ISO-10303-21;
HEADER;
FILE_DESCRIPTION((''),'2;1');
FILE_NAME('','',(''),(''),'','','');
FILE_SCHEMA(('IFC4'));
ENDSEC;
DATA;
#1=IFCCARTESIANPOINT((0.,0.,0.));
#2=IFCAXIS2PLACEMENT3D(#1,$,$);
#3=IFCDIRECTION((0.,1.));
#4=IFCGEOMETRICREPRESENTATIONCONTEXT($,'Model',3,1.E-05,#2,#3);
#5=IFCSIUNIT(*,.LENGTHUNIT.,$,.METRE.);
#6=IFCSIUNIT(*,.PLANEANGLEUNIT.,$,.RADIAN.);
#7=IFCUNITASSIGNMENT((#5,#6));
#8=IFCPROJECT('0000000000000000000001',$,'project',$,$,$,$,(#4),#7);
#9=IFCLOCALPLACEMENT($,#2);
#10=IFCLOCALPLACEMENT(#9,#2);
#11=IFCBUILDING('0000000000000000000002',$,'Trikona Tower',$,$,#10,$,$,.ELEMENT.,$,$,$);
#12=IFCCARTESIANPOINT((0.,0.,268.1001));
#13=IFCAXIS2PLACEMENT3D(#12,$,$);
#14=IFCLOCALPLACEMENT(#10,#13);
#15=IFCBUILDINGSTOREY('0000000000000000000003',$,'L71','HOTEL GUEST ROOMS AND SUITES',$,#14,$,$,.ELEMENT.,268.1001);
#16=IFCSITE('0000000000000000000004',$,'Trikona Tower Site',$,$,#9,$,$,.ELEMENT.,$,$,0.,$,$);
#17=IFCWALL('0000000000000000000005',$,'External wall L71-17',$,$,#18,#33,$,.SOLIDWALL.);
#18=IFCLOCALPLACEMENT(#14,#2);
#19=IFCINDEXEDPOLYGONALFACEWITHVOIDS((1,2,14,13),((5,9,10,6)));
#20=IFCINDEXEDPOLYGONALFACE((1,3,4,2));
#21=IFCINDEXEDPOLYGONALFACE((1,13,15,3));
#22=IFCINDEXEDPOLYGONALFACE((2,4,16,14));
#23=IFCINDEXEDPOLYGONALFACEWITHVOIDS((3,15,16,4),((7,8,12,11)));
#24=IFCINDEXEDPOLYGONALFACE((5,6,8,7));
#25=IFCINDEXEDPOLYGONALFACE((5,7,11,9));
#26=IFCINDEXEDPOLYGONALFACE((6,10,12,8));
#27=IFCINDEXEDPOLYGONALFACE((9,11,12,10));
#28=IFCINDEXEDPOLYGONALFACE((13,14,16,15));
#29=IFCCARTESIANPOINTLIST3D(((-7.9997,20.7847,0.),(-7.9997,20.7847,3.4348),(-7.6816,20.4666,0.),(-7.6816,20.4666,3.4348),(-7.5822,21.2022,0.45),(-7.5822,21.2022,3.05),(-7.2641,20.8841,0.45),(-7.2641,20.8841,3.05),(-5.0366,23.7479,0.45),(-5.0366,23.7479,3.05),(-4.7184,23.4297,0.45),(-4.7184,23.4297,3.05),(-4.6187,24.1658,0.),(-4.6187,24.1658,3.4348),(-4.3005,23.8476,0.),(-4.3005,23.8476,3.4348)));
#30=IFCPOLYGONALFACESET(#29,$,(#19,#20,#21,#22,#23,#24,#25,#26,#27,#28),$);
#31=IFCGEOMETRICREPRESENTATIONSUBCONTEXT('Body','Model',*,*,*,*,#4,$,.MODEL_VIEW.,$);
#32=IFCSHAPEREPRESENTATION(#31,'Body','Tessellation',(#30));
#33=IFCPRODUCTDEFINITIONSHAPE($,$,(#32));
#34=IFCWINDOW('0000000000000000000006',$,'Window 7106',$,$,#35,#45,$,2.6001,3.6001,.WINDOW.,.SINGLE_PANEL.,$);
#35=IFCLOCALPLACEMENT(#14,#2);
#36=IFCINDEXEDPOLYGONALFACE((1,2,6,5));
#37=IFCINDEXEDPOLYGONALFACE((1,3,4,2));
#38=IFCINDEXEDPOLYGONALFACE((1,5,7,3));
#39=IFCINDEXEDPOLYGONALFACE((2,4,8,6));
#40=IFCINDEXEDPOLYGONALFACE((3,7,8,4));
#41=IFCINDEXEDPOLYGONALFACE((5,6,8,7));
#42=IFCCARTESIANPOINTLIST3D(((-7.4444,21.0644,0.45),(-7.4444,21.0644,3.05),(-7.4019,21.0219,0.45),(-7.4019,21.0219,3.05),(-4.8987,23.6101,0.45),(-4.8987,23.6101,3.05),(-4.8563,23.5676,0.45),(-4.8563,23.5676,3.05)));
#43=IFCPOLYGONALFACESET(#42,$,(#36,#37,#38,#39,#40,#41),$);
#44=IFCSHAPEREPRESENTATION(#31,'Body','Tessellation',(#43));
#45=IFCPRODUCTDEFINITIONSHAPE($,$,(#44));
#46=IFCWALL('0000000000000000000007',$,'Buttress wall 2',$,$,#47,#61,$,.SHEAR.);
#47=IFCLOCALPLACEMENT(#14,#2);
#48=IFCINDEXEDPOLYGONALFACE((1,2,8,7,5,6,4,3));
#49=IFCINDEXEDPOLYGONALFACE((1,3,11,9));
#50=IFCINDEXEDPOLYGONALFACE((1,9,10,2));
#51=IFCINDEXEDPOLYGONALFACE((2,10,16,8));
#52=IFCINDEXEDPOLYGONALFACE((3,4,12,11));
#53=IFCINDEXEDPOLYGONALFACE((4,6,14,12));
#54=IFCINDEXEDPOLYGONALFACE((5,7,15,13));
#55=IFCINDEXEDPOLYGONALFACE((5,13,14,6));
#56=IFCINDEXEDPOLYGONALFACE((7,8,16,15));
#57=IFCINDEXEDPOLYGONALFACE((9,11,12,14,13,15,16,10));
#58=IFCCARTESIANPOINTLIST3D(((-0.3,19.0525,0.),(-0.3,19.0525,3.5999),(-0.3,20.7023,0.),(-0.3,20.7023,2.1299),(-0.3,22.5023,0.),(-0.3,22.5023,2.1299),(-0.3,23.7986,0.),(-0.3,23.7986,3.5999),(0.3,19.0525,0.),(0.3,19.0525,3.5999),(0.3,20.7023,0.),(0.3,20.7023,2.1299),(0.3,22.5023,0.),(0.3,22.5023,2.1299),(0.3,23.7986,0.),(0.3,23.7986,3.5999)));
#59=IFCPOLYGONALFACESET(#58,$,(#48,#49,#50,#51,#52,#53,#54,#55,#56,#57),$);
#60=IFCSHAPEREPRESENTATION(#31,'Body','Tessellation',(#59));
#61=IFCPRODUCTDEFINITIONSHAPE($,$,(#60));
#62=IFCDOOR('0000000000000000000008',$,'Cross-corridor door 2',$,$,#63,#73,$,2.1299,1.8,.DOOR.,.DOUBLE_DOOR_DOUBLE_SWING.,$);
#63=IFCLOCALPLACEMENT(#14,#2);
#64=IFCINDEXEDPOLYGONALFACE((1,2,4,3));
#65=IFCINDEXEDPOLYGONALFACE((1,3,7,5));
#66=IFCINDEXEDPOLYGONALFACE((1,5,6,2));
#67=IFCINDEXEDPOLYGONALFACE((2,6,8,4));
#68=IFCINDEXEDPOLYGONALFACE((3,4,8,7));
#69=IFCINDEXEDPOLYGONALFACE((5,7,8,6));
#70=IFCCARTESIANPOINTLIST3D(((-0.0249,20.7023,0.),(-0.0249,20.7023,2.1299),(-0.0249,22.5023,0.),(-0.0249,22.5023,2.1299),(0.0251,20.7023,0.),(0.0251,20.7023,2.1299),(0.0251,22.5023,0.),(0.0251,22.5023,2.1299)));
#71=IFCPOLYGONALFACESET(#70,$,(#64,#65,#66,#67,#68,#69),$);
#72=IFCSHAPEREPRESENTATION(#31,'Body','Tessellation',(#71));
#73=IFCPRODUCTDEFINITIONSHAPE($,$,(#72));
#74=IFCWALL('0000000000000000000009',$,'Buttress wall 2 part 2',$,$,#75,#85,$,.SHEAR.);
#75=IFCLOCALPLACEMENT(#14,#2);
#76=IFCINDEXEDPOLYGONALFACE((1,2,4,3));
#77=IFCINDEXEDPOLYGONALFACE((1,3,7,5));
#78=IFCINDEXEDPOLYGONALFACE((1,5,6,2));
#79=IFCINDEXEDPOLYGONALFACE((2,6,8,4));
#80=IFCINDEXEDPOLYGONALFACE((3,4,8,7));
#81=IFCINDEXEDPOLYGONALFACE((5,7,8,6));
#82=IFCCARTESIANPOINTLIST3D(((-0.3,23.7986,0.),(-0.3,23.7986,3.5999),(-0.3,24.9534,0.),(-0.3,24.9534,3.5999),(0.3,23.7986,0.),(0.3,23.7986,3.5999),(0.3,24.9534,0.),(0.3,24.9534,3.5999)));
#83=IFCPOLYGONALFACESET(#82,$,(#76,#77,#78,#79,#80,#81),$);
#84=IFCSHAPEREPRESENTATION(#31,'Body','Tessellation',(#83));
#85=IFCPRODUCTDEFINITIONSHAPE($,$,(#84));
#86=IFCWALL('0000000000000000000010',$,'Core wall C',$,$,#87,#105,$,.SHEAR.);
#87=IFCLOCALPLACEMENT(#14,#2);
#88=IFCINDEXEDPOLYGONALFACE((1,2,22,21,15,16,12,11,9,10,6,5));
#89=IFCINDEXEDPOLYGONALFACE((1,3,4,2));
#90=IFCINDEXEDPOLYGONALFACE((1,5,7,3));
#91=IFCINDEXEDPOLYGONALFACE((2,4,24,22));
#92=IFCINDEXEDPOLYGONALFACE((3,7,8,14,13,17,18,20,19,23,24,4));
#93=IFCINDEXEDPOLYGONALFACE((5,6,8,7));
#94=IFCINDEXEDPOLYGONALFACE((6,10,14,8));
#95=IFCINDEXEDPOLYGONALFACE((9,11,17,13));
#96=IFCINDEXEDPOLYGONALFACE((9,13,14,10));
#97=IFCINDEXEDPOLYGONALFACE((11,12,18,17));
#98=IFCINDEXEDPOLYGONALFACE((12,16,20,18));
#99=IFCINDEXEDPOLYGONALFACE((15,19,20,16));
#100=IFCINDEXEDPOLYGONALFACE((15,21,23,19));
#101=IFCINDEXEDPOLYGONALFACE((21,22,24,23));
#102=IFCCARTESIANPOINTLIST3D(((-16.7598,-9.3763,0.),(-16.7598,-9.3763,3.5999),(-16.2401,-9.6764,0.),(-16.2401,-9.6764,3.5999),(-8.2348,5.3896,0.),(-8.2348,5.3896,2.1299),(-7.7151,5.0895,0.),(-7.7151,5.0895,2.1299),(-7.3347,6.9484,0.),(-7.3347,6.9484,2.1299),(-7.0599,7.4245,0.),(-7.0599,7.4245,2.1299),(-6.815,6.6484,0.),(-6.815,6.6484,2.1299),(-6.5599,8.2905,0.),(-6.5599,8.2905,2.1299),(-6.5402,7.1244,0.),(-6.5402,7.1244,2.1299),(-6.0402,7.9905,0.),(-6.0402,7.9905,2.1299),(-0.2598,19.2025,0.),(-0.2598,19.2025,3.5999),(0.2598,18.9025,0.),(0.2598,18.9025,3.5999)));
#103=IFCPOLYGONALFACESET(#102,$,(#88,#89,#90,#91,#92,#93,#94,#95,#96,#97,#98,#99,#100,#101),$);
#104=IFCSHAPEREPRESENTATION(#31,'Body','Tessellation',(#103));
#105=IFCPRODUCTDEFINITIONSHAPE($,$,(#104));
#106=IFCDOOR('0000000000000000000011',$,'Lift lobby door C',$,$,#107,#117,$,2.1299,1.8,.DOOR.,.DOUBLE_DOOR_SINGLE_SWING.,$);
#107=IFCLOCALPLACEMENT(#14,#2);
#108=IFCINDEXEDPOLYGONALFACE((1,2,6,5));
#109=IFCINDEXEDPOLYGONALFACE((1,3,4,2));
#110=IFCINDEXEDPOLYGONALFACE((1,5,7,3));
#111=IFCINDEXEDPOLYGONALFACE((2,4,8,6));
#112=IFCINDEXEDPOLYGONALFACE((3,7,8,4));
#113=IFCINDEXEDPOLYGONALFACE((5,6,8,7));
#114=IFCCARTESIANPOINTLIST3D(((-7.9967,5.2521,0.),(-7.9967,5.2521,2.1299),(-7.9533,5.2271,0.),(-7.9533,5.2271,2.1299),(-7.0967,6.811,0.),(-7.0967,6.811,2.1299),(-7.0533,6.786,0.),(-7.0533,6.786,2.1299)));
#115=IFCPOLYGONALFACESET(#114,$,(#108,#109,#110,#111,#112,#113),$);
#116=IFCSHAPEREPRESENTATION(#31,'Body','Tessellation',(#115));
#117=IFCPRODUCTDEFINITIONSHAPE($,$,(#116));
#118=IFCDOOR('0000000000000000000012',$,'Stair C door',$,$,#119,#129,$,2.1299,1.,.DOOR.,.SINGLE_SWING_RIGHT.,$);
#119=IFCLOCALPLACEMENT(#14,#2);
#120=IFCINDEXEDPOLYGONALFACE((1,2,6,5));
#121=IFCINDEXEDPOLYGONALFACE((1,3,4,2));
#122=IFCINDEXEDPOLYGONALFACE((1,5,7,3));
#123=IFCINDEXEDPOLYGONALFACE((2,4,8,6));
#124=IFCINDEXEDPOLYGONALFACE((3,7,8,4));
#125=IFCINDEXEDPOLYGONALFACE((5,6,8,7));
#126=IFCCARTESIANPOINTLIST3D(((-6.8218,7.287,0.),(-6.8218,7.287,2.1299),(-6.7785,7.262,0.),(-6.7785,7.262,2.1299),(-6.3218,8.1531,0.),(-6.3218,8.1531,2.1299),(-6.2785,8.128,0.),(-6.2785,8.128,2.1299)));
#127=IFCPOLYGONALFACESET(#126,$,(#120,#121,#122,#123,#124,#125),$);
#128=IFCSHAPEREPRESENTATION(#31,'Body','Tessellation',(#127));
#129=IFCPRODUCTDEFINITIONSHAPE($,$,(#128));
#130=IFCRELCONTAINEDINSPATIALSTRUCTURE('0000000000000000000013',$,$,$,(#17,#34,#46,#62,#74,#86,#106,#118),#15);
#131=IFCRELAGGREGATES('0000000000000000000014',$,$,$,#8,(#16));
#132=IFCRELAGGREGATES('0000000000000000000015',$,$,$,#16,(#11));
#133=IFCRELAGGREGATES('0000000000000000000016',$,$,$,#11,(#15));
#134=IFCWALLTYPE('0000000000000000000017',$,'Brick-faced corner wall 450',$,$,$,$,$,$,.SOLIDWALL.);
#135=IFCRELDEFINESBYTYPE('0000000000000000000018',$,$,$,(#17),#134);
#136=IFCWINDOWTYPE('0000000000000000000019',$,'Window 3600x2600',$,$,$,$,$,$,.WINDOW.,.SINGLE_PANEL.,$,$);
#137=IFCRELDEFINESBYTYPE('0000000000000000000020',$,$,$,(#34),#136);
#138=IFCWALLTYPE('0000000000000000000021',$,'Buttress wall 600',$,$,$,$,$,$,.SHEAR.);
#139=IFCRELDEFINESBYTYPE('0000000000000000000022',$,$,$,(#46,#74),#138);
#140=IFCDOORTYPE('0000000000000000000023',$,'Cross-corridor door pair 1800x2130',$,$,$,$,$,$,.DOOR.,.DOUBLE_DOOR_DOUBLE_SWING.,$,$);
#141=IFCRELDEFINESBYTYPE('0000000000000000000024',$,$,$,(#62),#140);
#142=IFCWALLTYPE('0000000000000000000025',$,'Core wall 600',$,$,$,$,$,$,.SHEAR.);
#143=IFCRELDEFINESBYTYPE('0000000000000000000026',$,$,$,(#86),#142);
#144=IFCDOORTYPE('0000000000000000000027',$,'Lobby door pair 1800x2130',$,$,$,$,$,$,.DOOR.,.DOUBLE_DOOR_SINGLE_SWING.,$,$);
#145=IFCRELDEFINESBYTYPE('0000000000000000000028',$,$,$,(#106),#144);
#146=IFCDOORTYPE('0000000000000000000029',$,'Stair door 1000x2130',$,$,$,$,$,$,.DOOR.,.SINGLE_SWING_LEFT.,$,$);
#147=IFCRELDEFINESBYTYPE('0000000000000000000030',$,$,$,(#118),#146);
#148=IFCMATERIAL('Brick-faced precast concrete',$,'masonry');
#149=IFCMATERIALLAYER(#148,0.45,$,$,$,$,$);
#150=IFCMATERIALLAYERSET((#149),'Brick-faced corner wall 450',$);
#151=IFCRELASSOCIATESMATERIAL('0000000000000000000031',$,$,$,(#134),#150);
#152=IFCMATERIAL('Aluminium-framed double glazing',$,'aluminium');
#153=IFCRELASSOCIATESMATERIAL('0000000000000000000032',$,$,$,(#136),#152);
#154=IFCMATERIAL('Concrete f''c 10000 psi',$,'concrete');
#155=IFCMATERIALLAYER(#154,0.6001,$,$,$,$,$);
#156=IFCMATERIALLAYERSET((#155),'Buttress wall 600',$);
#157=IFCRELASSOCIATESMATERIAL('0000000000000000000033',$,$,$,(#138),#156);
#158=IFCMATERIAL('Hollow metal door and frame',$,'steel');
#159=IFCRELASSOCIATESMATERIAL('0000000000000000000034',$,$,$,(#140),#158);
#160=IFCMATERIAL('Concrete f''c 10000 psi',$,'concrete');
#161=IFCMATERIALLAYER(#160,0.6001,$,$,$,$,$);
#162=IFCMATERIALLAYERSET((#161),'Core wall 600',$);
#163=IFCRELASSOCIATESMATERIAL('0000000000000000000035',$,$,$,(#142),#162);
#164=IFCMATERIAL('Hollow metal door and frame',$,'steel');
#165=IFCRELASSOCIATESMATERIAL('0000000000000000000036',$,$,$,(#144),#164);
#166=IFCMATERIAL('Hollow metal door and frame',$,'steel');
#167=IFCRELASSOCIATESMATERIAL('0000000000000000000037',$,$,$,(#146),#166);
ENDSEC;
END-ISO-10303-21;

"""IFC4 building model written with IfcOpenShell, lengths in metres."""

from ifc_helpers import new_model, si_unit, direction, frame, frame_2d, origin, place, context, subcontext, project, spatial, rectangle, extrude, material, layer, layer_set, type_object, element, fill, save


model = new_model("IFC4")

# Units and contexts
model_context = context("Model", 3, precision=1e-05, world=origin(), true_north=direction((0.0, 1.0)))
body_context = subcontext(model_context, "Body", "Model", "MODEL_VIEW")
ifc_project = project(units=[si_unit("LENGTHUNIT", "METRE"), si_unit("PLANEANGLEUNIT", "RADIAN")], contexts=[model_context])

# Site, building, storey
site_placement = place(None, origin())
site = spatial("IfcSite", under=ifc_project, at=site_placement, Name="Trikona Tower Site", CompositionType="ELEMENT", RefElevation=0.0)
building_placement = place(site_placement, origin())
building = spatial("IfcBuilding", under=site, at=building_placement, Name="Trikona Tower", CompositionType="ELEMENT")
storey_placement = place(building_placement, frame((0.0, 0.0, 268.1001)))
storey = spatial("IfcBuildingStorey", under=building, at=storey_placement, Name="L71", Description="HOTEL GUEST ROOMS AND SUITES", CompositionType="ELEMENT", Elevation=268.1001)

# Wall, opening, window
ifc_material_1 = material(Name="Brick-faced precast concrete", Category="masonry")
ifc_layer_1 = layer(ifc_material_1, 0.45)
ifc_layer_set_1 = layer_set([ifc_layer_1], Name="Brick-faced corner wall 450")
wall_type_1 = type_object("IfcWallType", Name="Brick-faced corner wall 450", PredefinedType="SOLIDWALL", material=ifc_layer_set_1)
wall_1_placement = place(storey_placement, frame((-4.4597, 24.0066, 0.0), z_axis=(0.0, 0.0, 1.0), x_axis=(-0.707107, -0.707107, 0.0)))
wall_1 = element("IfcWall", 1, at=wall_1_placement, inside=storey, type_object=wall_type_1, Name="External wall L71-17", PredefinedType="SOLIDWALL", context=body_context, shape_type="SweptSolid", body=[
    extrude(rectangle(XDim=4.7815, YDim=0.45, at=frame_2d((2.3906, 0.0))), origin(), (0.0, 0.0, 1.0), 3.4348),
])
opening_1_placement = place(wall_1_placement, frame((0.5908, 0.0, 0.45)))
opening_1 = element("IfcOpeningElement", 2, at=opening_1_placement, cuts=wall_1, PredefinedType="OPENING", context=body_context, shape_type="SweptSolid", body=[
    extrude(rectangle(XDim=3.6001, YDim=2.6001, at=frame_2d((1.8, 1.3))), frame((0.0, 0.2349, 0.0), z_axis=(0.0, -1.0, 0.0), x_axis=(1.0, 0.0, 0.0)), (0.0, 0.0, 1.0), 0.47),
])
ifc_material_2 = material(Name="Aluminium-framed double glazing", Category="aluminium")
window_type_1 = type_object("IfcWindowType", Name="Window 3600x2600", PartitioningType="SINGLE_PANEL", PredefinedType="WINDOW", material=ifc_material_2)
window_1_placement = place(opening_1_placement, origin())
window_1 = element("IfcWindow", 3, at=window_1_placement, inside=storey, type_object=window_type_1, Name="Window 7106", OverallHeight=2.6001, OverallWidth=3.6001, PartitioningType="SINGLE_PANEL", PredefinedType="WINDOW", context=body_context, shape_type="SweptSolid", body=[
    extrude(rectangle(XDim=3.6001, YDim=2.6001, at=frame_2d((1.8, 1.3))), frame((0.0, 0.03, 0.0), z_axis=(0.0, -1.0, 0.0), x_axis=(1.0, 0.0, 0.0)), (0.0, 0.0, 1.0), 0.0601),
])
fill(opening_1, window_1)

# Wall, opening, door
ifc_material_3 = material(Name="Concrete f'c 10000 psi", Category="concrete")
ifc_layer_2 = layer(ifc_material_3, 0.6001)
ifc_layer_set_2 = layer_set([ifc_layer_2], Name="Buttress wall 600")
wall_type_2 = type_object("IfcWallType", Name="Buttress wall 600", PredefinedType="SHEAR", material=ifc_layer_set_2)
wall_2_placement = place(storey_placement, frame((0.0, 19.0525, 0.0), z_axis=(0.0, 0.0, 1.0), x_axis=(0.0, 1.0, 0.0)))
wall_2 = element("IfcWall", 4, at=wall_2_placement, inside=storey, type_object=wall_type_2, Name="Buttress wall 2", PredefinedType="SHEAR", context=body_context, shape_type="SweptSolid", body=[
    extrude(rectangle(XDim=4.7461, YDim=0.6001, at=frame_2d((2.373, 0.0))), origin(), (0.0, 0.0, 1.0), 3.5999),
])
opening_2_placement = place(wall_2_placement, frame((1.6499, 0.0, 0.0)))
opening_2 = element("IfcOpeningElement", 5, at=opening_2_placement, cuts=wall_2, PredefinedType="OPENING", context=body_context, shape_type="SweptSolid", body=[
    extrude(rectangle(XDim=1.8, YDim=2.1299, at=frame_2d((0.8999, 1.0649))), frame((0.0, 0.3101, 0.0), z_axis=(0.0, -1.0, 0.0), x_axis=(1.0, 0.0, 0.0)), (0.0, 0.0, 1.0), 0.6201),
])
ifc_material_4 = material(Name="Hollow metal door and frame", Category="steel")
door_type_1 = type_object("IfcDoorType", Name="Cross-corridor door pair 1800x2130", OperationType="DOUBLE_DOOR_DOUBLE_SWING", PredefinedType="DOOR", material=ifc_material_4)
door_1_placement = place(opening_2_placement, origin())
door_1 = element("IfcDoor", 6, at=door_1_placement, inside=storey, type_object=door_type_1, Name="Cross-corridor door 2", OperationType="DOUBLE_DOOR_DOUBLE_SWING", OverallHeight=2.1299, OverallWidth=1.8, PredefinedType="DOOR", context=body_context, shape_type="SweptSolid", body=[
    extrude(rectangle(XDim=1.8, YDim=2.1299, at=frame_2d((0.8999, 1.0649))), frame((0.0, 0.0249, 0.0), z_axis=(0.0, -1.0, 0.0), x_axis=(1.0, 0.0, 0.0)), (0.0, 0.0, 1.0), 0.05),
])
fill(opening_2, door_1)

# Wall
wall_3_placement = place(storey_placement, frame((0.0, 23.7986, 0.0), z_axis=(0.0, 0.0, 1.0), x_axis=(0.0, 1.0, 0.0)))
element("IfcWall", 7, at=wall_3_placement, inside=storey, type_object=wall_type_2, Name="Buttress wall 2 part 2", PredefinedType="SHEAR", context=body_context, shape_type="SweptSolid", body=[
    extrude(rectangle(XDim=1.1548, YDim=0.6001, at=frame_2d((0.5774, 0.0))), origin(), (0.0, 0.0, 1.0), 3.5999),
])

# Wall, openings, doors
ifc_material_5 = material(Name="Concrete f'c 10000 psi", Category="concrete")
ifc_layer_3 = layer(ifc_material_5, 0.6001)
ifc_layer_set_3 = layer_set([ifc_layer_3], Name="Core wall 600")
wall_type_3 = type_object("IfcWallType", Name="Core wall 600", PredefinedType="SHEAR", material=ifc_layer_set_3)
wall_4_placement = place(storey_placement, frame((0.0, 19.0525, 0.0), z_axis=(0.0, 0.0, 1.0), x_axis=(-0.5, -0.866026, 0.0)))
wall_4 = element("IfcWall", 8, at=wall_4_placement, inside=storey, type_object=wall_type_3, Name="Core wall C", PredefinedType="SHEAR", context=body_context, shape_type="SweptSolid", body=[
    extrude(rectangle(XDim=33.0, YDim=0.6001, at=frame_2d((16.5, 0.0))), origin(), (0.0, 0.0, 1.0), 3.5999),
])
opening_3_placement = place(wall_4_placement, frame((14.1499, 0.0, 0.0)))
opening_3 = element("IfcOpeningElement", 9, at=opening_3_placement, cuts=wall_4, PredefinedType="OPENING", context=body_context, shape_type="SweptSolid", body=[
    extrude(rectangle(XDim=1.8, YDim=2.1299, at=frame_2d((0.8999, 1.0649))), frame((0.0, 0.3101, 0.0), z_axis=(0.0, -1.0, 0.0), x_axis=(1.0, 0.0, 0.0)), (0.0, 0.0, 1.0), 0.6201),
])
opening_4_placement = place(wall_4_placement, frame((12.6001, 0.0, 0.0)))
opening_4 = element("IfcOpeningElement", 10, at=opening_4_placement, cuts=wall_4, PredefinedType="OPENING", context=body_context, shape_type="SweptSolid", body=[
    extrude(rectangle(XDim=1.0, YDim=2.1299, at=frame_2d((0.5, 1.0649))), frame((0.0, 0.3101, 0.0), z_axis=(0.0, -1.0, 0.0), x_axis=(1.0, 0.0, 0.0)), (0.0, 0.0, 1.0), 0.6201),
])
ifc_material_6 = material(Name="Hollow metal door and frame", Category="steel")
door_type_2 = type_object("IfcDoorType", Name="Lobby door pair 1800x2130", OperationType="DOUBLE_DOOR_SINGLE_SWING", PredefinedType="DOOR", material=ifc_material_6)
door_2_placement = place(opening_3_placement, origin())
door_2 = element("IfcDoor", 11, at=door_2_placement, inside=storey, type_object=door_type_2, Name="Lift lobby door C", OperationType="DOUBLE_DOOR_SINGLE_SWING", OverallHeight=2.1299, OverallWidth=1.8, PredefinedType="DOOR", context=body_context, shape_type="SweptSolid", body=[
    extrude(rectangle(XDim=1.8, YDim=2.1299, at=frame_2d((0.8999, 1.0649))), frame((0.0, 0.0249, 0.0), z_axis=(0.0, -1.0, 0.0), x_axis=(1.0, 0.0, 0.0)), (0.0, 0.0, 1.0), 0.05),
])
fill(opening_3, door_2)
ifc_material_7 = material(Name="Hollow metal door and frame", Category="steel")
door_type_3 = type_object("IfcDoorType", Name="Stair door 1000x2130", OperationType="SINGLE_SWING_LEFT", PredefinedType="DOOR", material=ifc_material_7)
door_3_placement = place(opening_4_placement, origin())
door_3 = element("IfcDoor", 12, at=door_3_placement, inside=storey, type_object=door_type_3, Name="Stair C door", OperationType="SINGLE_SWING_RIGHT", OverallHeight=2.1299, OverallWidth=1.0, PredefinedType="DOOR", context=body_context, shape_type="SweptSolid", body=[
    extrude(rectangle(XDim=1.0, YDim=2.1299, at=frame_2d((0.5, 1.0649))), frame((0.0, 0.0249, 0.0), z_axis=(0.0, -1.0, 0.0), x_axis=(1.0, 0.0, 0.0)), (0.0, 0.0, 1.0), 0.05),
])
fill(opening_4, door_3)

save(model, "model.ifc")
